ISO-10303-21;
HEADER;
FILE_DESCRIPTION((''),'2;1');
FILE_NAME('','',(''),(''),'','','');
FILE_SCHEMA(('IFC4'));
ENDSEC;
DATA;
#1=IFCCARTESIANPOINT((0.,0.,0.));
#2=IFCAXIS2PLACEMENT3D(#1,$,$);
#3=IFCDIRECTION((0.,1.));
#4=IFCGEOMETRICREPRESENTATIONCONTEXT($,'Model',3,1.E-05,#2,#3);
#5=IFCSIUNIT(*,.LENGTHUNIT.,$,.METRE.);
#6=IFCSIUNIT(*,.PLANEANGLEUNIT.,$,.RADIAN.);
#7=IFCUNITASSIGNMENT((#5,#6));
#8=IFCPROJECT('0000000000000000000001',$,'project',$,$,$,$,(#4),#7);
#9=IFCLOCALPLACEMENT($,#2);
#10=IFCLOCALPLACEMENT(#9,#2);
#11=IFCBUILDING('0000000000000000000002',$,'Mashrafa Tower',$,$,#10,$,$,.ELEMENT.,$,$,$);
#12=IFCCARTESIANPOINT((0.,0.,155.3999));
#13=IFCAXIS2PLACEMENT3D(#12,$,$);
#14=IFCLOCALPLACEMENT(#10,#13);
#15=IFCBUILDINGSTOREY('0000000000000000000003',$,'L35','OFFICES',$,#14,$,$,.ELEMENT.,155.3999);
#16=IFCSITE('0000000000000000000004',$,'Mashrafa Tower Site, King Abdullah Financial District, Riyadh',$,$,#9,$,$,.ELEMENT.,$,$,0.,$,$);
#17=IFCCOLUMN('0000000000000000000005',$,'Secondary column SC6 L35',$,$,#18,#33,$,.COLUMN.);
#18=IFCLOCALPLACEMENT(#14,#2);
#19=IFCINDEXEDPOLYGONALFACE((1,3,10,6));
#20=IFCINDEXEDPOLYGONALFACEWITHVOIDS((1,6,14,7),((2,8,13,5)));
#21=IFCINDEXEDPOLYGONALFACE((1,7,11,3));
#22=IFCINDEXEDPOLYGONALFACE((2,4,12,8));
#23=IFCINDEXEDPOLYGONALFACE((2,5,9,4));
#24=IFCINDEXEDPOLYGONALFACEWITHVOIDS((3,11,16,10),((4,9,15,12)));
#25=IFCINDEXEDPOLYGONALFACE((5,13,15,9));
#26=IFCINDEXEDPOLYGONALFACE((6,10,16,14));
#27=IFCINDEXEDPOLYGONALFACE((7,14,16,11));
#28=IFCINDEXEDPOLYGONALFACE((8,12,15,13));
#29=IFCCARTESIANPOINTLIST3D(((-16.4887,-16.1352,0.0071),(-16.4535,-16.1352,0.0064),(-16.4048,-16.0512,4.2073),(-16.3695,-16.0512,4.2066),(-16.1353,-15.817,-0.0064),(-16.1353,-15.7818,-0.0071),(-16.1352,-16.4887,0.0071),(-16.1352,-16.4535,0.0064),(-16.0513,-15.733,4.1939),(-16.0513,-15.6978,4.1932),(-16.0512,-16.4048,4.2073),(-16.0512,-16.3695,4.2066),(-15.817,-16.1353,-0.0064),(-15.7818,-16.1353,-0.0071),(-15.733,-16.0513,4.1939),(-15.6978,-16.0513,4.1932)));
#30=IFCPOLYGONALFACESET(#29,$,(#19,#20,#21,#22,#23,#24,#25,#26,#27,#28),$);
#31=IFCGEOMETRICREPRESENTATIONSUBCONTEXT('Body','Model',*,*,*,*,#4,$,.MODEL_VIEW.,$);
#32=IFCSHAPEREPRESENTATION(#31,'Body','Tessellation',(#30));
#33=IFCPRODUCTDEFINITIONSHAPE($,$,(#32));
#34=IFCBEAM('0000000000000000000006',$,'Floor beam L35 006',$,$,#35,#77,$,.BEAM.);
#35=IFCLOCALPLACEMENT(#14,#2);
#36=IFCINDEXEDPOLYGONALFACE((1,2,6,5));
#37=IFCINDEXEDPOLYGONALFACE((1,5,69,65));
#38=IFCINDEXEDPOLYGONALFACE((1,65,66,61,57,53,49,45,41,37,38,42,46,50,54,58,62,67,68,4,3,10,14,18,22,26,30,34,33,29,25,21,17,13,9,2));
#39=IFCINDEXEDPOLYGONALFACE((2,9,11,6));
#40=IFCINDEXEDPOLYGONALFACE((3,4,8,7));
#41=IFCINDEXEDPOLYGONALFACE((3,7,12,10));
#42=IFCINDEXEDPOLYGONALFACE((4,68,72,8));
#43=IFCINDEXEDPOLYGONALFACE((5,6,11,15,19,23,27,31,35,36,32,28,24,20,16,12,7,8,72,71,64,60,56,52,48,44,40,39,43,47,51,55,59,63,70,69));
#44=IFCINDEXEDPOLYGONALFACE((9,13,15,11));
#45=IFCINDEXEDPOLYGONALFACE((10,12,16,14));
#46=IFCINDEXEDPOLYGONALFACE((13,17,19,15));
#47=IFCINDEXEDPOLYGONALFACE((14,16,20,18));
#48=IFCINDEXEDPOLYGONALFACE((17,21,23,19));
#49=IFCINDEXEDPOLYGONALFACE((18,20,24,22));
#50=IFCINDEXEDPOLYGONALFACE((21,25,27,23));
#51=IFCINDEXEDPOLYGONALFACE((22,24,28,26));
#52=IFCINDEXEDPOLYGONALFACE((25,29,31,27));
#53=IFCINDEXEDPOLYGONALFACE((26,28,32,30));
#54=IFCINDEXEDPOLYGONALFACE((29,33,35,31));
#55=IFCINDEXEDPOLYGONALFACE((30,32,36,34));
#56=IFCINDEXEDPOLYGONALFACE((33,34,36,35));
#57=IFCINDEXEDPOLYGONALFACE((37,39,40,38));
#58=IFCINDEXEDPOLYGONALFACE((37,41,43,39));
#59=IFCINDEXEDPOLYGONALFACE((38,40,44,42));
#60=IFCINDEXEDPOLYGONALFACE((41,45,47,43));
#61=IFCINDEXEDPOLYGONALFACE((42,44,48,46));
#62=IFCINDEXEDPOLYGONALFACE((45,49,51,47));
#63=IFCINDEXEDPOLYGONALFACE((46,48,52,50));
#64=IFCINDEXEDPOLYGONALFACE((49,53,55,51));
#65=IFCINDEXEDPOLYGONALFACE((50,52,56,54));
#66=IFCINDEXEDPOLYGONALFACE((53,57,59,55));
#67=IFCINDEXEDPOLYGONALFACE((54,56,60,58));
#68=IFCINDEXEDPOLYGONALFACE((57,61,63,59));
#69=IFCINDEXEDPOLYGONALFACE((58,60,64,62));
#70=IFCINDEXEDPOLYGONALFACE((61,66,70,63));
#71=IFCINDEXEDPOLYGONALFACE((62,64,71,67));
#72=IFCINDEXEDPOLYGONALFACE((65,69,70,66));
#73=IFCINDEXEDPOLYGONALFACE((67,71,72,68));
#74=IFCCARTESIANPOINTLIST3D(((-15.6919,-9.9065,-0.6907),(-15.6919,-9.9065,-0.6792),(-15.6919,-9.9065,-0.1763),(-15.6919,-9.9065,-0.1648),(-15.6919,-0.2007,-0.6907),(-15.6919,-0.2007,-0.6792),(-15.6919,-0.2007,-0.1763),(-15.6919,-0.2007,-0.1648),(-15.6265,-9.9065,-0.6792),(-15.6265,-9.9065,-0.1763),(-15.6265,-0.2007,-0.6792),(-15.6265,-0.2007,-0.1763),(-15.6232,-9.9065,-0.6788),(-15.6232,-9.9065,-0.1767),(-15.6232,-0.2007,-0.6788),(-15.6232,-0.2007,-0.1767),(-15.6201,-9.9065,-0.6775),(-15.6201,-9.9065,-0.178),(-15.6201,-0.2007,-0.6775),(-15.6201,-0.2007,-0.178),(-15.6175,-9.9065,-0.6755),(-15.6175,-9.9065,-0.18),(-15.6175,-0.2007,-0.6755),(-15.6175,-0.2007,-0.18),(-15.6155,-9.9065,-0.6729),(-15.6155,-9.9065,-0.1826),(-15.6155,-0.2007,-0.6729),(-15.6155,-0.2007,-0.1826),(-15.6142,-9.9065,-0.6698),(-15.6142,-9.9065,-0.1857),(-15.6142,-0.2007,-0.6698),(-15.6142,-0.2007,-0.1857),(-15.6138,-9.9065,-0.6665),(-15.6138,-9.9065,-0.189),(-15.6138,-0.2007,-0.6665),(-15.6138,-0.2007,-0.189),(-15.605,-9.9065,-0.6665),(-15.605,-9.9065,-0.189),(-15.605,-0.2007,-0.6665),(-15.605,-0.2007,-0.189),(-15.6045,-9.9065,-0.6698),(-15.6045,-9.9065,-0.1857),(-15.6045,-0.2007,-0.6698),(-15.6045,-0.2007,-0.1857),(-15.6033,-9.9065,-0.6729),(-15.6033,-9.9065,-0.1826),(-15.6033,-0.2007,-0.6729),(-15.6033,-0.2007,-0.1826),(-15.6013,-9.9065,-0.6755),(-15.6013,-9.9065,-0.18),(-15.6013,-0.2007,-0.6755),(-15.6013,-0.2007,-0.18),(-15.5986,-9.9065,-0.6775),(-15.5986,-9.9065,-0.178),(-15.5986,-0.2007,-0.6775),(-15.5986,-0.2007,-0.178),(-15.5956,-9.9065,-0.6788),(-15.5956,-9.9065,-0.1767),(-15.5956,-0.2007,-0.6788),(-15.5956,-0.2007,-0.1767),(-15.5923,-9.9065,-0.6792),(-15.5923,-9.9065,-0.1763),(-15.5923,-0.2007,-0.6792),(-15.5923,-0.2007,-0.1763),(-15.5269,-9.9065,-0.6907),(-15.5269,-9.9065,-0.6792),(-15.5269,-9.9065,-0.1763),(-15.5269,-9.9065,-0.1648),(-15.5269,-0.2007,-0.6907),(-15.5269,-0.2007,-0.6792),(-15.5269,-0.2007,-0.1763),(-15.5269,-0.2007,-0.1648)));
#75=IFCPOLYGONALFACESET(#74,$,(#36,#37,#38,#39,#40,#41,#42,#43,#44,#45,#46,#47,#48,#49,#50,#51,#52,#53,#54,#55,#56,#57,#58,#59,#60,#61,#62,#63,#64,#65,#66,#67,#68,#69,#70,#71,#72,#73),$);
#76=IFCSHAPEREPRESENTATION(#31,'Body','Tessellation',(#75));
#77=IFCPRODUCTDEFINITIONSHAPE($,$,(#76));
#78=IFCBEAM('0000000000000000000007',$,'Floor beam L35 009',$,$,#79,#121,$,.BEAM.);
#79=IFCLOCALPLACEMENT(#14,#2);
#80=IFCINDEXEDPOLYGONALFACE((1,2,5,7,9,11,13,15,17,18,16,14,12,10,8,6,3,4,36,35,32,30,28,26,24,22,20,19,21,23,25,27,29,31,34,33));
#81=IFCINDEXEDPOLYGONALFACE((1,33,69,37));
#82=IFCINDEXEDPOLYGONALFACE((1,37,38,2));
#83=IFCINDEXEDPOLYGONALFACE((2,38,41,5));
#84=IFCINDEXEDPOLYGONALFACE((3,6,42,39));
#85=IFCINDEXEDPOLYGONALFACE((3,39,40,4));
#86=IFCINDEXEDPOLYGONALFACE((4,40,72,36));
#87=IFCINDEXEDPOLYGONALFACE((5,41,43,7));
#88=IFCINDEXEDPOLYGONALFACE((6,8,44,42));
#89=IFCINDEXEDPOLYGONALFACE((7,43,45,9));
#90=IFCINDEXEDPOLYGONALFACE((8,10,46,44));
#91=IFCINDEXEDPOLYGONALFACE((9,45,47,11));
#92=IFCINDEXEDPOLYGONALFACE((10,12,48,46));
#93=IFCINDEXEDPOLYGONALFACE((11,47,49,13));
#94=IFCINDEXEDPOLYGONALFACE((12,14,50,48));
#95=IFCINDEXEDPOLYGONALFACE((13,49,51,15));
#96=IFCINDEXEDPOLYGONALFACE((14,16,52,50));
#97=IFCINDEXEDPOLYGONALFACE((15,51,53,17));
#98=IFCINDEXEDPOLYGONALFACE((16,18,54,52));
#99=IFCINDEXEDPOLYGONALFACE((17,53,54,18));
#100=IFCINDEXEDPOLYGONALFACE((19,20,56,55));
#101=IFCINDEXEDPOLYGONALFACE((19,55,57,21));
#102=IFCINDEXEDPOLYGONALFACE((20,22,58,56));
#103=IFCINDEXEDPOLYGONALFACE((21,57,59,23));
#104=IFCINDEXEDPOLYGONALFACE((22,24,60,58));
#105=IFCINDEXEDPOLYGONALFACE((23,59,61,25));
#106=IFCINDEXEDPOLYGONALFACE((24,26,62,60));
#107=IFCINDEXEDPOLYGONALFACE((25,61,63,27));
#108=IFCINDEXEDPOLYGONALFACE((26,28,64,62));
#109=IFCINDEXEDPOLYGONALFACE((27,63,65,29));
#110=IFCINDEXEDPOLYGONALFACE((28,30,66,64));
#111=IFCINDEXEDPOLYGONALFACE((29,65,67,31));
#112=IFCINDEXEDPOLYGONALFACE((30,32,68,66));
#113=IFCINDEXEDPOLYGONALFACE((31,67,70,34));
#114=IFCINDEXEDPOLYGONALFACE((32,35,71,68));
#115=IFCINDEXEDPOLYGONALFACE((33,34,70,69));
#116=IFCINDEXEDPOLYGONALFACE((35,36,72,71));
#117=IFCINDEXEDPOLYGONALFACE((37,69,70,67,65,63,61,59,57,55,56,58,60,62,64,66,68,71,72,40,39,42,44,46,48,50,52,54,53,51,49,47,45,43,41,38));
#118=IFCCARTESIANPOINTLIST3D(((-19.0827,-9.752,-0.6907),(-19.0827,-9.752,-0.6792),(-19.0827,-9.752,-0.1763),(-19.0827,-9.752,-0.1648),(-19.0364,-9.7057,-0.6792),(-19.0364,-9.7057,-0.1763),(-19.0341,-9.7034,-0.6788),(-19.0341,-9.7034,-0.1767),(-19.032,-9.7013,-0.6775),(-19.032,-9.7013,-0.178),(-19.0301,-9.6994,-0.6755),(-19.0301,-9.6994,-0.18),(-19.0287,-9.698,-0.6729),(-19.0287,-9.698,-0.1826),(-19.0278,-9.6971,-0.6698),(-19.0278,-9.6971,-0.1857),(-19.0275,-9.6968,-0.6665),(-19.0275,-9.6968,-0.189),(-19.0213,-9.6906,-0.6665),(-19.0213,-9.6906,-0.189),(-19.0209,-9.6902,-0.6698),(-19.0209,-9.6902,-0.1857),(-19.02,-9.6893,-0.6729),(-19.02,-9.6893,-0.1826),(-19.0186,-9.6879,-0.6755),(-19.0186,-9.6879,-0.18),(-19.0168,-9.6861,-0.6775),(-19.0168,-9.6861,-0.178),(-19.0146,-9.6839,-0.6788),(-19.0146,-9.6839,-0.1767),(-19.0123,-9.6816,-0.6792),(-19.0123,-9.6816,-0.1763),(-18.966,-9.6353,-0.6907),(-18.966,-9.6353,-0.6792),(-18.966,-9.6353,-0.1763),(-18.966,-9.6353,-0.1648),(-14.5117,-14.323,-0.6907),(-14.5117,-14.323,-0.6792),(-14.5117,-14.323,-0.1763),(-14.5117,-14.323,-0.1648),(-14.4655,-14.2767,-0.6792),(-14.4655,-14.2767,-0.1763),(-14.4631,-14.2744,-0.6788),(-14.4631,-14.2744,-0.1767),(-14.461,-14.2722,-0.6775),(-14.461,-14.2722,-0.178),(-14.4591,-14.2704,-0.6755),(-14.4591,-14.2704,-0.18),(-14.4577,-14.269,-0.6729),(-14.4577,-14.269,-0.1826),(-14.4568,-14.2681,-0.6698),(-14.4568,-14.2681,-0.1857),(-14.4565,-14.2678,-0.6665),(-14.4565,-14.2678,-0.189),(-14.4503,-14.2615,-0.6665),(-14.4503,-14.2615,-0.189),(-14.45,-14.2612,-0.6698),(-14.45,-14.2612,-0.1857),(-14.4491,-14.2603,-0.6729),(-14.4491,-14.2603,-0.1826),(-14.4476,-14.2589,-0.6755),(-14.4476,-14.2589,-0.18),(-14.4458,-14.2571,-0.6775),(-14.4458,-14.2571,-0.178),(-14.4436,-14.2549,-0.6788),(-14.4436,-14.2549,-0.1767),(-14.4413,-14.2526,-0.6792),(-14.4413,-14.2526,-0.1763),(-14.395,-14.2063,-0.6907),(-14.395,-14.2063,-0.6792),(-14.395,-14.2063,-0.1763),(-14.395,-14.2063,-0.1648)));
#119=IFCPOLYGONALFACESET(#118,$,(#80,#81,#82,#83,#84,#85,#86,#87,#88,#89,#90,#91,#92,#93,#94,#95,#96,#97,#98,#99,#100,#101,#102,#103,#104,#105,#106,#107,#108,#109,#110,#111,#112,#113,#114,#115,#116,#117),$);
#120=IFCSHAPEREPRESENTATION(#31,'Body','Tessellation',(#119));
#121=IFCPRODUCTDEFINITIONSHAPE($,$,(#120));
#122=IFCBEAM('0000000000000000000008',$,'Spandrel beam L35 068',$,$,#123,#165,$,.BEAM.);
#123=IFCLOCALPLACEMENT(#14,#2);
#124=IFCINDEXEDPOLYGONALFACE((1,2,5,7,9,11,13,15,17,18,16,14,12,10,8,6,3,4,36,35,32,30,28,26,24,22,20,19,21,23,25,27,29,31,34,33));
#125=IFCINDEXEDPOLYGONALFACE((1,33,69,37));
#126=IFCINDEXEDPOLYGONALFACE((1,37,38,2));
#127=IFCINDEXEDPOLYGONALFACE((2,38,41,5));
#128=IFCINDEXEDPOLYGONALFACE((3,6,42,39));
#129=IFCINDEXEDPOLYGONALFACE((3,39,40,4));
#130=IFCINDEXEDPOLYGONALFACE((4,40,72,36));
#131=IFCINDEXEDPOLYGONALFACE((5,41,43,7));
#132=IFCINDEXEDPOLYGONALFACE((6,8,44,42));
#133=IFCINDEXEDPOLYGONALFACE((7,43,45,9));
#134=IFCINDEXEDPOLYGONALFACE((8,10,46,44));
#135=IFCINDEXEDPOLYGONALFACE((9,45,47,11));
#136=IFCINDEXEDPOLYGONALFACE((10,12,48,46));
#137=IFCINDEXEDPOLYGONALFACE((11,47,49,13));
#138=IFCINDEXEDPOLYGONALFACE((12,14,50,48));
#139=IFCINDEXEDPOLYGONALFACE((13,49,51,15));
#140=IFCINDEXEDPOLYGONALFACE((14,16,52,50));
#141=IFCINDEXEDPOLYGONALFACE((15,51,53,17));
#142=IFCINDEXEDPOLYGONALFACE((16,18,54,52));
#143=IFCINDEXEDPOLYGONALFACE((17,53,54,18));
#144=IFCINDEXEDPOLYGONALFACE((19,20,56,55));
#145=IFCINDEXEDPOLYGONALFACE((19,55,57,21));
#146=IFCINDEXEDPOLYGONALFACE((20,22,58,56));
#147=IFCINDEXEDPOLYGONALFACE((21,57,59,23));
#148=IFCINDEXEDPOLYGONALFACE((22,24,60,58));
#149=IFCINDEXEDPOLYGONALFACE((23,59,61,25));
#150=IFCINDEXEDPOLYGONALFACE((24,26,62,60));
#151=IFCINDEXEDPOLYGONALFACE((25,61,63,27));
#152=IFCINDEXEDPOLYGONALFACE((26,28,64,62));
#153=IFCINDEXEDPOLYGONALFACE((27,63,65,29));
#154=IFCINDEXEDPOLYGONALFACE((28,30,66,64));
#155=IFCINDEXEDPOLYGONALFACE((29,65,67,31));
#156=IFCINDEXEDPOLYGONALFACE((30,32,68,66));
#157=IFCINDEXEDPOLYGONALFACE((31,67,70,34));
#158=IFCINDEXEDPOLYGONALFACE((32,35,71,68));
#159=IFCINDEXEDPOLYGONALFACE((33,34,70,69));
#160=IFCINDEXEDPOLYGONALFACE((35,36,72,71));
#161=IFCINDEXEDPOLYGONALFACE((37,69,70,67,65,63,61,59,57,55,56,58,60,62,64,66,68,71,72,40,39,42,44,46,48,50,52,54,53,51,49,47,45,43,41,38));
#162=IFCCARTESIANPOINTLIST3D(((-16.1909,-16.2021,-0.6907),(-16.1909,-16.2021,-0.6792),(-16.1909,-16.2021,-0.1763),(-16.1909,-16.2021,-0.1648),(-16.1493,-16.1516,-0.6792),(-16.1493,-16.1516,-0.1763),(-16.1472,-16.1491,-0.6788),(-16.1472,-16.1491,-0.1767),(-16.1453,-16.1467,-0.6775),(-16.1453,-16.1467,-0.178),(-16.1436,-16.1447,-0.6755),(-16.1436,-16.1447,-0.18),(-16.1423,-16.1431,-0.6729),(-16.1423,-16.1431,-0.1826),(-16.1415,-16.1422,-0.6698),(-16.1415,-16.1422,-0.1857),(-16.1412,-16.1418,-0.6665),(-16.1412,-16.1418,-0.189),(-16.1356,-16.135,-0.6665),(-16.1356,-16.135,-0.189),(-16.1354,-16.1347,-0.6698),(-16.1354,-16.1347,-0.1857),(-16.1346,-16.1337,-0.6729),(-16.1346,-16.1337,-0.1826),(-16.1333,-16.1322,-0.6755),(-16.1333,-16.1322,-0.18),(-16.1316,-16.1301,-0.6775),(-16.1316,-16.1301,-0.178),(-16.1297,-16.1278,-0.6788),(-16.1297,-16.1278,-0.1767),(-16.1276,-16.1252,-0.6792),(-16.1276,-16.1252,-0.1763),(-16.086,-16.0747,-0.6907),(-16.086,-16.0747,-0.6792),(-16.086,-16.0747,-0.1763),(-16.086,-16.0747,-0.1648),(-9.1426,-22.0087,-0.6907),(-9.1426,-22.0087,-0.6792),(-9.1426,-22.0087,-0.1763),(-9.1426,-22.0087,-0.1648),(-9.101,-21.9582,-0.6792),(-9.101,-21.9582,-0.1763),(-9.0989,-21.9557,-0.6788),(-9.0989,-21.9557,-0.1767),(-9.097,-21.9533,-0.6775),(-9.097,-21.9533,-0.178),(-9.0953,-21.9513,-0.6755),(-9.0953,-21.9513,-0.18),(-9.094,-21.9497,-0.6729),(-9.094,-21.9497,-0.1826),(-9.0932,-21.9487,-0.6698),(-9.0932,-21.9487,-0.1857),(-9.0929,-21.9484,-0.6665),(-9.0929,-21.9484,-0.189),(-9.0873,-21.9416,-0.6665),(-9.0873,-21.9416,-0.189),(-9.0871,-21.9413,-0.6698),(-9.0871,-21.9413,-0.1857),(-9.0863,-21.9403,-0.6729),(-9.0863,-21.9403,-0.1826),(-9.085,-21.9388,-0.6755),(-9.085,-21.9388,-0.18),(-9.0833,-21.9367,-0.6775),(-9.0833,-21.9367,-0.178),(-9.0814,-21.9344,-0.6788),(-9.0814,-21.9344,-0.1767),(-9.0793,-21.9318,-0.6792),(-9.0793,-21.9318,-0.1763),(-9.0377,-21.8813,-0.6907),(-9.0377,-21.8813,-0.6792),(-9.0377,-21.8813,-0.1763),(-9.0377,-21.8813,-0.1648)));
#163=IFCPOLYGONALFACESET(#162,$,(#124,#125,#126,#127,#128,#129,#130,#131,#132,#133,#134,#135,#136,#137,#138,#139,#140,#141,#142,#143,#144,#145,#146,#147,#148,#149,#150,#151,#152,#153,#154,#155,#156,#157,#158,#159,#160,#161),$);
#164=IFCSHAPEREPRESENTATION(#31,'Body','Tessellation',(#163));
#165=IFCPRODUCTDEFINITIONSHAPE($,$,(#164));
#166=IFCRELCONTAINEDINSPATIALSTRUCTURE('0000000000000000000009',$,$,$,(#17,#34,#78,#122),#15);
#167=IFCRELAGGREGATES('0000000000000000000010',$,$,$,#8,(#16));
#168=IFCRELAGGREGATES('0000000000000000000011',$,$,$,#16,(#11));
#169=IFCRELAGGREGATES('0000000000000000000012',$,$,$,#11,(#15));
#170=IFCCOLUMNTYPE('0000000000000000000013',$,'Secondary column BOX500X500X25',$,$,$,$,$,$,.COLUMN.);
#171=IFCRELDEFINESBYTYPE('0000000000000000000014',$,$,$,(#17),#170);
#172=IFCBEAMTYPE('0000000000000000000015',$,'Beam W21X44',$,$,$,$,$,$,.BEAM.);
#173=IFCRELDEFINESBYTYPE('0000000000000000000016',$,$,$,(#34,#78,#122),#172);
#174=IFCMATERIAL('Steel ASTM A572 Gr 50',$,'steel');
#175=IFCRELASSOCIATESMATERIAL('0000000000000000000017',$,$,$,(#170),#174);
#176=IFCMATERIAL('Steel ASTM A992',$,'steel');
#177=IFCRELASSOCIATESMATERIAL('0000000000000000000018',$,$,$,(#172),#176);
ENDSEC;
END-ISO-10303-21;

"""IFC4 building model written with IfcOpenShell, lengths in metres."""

from ifc_helpers import new_model, si_unit, direction, frame, origin, origin_2d, place, context, subcontext, project, spatial, hollow_rectangle, i_section, extrude, material, material_profile, profile_set, type_object, element, save


model = new_model("IFC4")

# Units and contexts
model_context = context("Model", 3, precision=1e-05, world=origin(), true_north=direction((0.0, 1.0)))
body_context = subcontext(model_context, "Body", "Model", "MODEL_VIEW")
ifc_project = project(units=[si_unit("LENGTHUNIT", "METRE"), si_unit("PLANEANGLEUNIT", "RADIAN")], contexts=[model_context])

# Site, building, storey
site_placement = place(None, origin())
site = spatial("IfcSite", under=ifc_project, at=site_placement, Name="Mashrafa Tower Site, King Abdullah Financial District, Riyadh", CompositionType="ELEMENT", RefElevation=0.0)
building_placement = place(site_placement, origin())
building = spatial("IfcBuilding", under=site, at=building_placement, Name="Mashrafa Tower", CompositionType="ELEMENT")
storey_placement = place(building_placement, frame((0.0, 0.0, 155.3999)))
storey = spatial("IfcBuildingStorey", under=building, at=storey_placement, Name="L35", Description="OFFICES", CompositionType="ELEMENT", Elevation=155.3999)

# Column
ifc_material_1 = material(Name="Steel ASTM A572 Gr 50", Category="steel")
ifc_material_profile_1 = material_profile(ifc_material_1, hollow_rectangle(XDim=0.5, YDim=0.5, WallThickness=0.0249, at=origin_2d()), Name="BOX500X500X25")
ifc_profile_set_1 = profile_set([ifc_material_profile_1], Name="Steel ASTM A572 Gr 50")
column_type = type_object("IfcColumnType", Name="Secondary column BOX500X500X25", PredefinedType="COLUMN", material=ifc_profile_set_1)
column_placement = place(storey_placement, frame((-16.1353, -16.1353, 0.0), z_axis=(0.019987, 0.019987, 0.9996), x_axis=(-0.707107, 0.707107, 0.0)))
element("IfcColumn", 1, at=column_placement, inside=storey, type_object=column_type, Name="Secondary column SC6 L35", PredefinedType="COLUMN", context=body_context, shape_type="SweptSolid", body=[
    extrude(hollow_rectangle(XDim=0.5, YDim=0.5, WallThickness=0.0249, at=origin_2d()), origin(), (0.0, 0.0, 1.0), 4.2019),
])

# Beams
ifc_material_2 = material(Name="Steel ASTM A992", Category="steel")
ifc_material_profile_2 = material_profile(ifc_material_2, i_section(OverallWidth=0.165, OverallDepth=0.5259, WebThickness=0.0088, FlangeThickness=0.0115, FilletRadius=0.0127, at=origin_2d()), Name="W21X44")
ifc_profile_set_2 = profile_set([ifc_material_profile_2], Name="Steel ASTM A992")
beam_type_1 = type_object("IfcBeamType", Name="Beam W21X44", PredefinedType="BEAM", material=ifc_profile_set_2)
beam_1_placement = place(storey_placement, frame((-15.6094, -9.9065, -0.4277), z_axis=(0.0, 1.0, 0.0), x_axis=(-1.0, 0.0, 0.0)))
element("IfcBeam", 2, at=beam_1_placement, inside=storey, type_object=beam_type_1, Name="Floor beam L35 006", PredefinedType="BEAM", context=body_context, shape_type="SweptSolid", body=[
    extrude(i_section(OverallWidth=0.165, OverallDepth=0.5259, WebThickness=0.0088, FlangeThickness=0.0115, FilletRadius=0.0127, at=origin_2d()), origin(), (0.0, 0.0, 1.0), 9.7058),
])
beam_2_placement = place(storey_placement, frame((-14.4534, -14.2646, -0.4277), z_axis=(-0.707107, 0.707107, 0.0), x_axis=(-0.707107, -0.707107, 0.0)))
element("IfcBeam", 3, at=beam_2_placement, inside=storey, type_object=beam_type_1, Name="Floor beam L35 009", PredefinedType="BEAM", context=body_context, shape_type="SweptSolid", body=[
    extrude(i_section(OverallWidth=0.165, OverallDepth=0.5259, WebThickness=0.0088, FlangeThickness=0.0115, FilletRadius=0.0127, at=origin_2d()), origin(), (0.0, 0.0, 1.0), 6.4644),
])
beam_3_placement = place(storey_placement, frame((-16.1384, -16.1384, -0.4277), z_axis=(0.771816, -0.635846, 0.0), x_axis=(0.635846, 0.771816, 0.0)))
element("IfcBeam", 4, at=beam_3_placement, inside=storey, type_object=beam_type_1, Name="Spandrel beam L35 068", PredefinedType="BEAM", context=body_context, shape_type="SweptSolid", body=[
    extrude(i_section(OverallWidth=0.165, OverallDepth=0.5259, WebThickness=0.0088, FlangeThickness=0.0115, FilletRadius=0.0127, at=origin_2d()), origin(), (0.0, 0.0, 1.0), 9.1321),
])

save(model, "model.ifc")
